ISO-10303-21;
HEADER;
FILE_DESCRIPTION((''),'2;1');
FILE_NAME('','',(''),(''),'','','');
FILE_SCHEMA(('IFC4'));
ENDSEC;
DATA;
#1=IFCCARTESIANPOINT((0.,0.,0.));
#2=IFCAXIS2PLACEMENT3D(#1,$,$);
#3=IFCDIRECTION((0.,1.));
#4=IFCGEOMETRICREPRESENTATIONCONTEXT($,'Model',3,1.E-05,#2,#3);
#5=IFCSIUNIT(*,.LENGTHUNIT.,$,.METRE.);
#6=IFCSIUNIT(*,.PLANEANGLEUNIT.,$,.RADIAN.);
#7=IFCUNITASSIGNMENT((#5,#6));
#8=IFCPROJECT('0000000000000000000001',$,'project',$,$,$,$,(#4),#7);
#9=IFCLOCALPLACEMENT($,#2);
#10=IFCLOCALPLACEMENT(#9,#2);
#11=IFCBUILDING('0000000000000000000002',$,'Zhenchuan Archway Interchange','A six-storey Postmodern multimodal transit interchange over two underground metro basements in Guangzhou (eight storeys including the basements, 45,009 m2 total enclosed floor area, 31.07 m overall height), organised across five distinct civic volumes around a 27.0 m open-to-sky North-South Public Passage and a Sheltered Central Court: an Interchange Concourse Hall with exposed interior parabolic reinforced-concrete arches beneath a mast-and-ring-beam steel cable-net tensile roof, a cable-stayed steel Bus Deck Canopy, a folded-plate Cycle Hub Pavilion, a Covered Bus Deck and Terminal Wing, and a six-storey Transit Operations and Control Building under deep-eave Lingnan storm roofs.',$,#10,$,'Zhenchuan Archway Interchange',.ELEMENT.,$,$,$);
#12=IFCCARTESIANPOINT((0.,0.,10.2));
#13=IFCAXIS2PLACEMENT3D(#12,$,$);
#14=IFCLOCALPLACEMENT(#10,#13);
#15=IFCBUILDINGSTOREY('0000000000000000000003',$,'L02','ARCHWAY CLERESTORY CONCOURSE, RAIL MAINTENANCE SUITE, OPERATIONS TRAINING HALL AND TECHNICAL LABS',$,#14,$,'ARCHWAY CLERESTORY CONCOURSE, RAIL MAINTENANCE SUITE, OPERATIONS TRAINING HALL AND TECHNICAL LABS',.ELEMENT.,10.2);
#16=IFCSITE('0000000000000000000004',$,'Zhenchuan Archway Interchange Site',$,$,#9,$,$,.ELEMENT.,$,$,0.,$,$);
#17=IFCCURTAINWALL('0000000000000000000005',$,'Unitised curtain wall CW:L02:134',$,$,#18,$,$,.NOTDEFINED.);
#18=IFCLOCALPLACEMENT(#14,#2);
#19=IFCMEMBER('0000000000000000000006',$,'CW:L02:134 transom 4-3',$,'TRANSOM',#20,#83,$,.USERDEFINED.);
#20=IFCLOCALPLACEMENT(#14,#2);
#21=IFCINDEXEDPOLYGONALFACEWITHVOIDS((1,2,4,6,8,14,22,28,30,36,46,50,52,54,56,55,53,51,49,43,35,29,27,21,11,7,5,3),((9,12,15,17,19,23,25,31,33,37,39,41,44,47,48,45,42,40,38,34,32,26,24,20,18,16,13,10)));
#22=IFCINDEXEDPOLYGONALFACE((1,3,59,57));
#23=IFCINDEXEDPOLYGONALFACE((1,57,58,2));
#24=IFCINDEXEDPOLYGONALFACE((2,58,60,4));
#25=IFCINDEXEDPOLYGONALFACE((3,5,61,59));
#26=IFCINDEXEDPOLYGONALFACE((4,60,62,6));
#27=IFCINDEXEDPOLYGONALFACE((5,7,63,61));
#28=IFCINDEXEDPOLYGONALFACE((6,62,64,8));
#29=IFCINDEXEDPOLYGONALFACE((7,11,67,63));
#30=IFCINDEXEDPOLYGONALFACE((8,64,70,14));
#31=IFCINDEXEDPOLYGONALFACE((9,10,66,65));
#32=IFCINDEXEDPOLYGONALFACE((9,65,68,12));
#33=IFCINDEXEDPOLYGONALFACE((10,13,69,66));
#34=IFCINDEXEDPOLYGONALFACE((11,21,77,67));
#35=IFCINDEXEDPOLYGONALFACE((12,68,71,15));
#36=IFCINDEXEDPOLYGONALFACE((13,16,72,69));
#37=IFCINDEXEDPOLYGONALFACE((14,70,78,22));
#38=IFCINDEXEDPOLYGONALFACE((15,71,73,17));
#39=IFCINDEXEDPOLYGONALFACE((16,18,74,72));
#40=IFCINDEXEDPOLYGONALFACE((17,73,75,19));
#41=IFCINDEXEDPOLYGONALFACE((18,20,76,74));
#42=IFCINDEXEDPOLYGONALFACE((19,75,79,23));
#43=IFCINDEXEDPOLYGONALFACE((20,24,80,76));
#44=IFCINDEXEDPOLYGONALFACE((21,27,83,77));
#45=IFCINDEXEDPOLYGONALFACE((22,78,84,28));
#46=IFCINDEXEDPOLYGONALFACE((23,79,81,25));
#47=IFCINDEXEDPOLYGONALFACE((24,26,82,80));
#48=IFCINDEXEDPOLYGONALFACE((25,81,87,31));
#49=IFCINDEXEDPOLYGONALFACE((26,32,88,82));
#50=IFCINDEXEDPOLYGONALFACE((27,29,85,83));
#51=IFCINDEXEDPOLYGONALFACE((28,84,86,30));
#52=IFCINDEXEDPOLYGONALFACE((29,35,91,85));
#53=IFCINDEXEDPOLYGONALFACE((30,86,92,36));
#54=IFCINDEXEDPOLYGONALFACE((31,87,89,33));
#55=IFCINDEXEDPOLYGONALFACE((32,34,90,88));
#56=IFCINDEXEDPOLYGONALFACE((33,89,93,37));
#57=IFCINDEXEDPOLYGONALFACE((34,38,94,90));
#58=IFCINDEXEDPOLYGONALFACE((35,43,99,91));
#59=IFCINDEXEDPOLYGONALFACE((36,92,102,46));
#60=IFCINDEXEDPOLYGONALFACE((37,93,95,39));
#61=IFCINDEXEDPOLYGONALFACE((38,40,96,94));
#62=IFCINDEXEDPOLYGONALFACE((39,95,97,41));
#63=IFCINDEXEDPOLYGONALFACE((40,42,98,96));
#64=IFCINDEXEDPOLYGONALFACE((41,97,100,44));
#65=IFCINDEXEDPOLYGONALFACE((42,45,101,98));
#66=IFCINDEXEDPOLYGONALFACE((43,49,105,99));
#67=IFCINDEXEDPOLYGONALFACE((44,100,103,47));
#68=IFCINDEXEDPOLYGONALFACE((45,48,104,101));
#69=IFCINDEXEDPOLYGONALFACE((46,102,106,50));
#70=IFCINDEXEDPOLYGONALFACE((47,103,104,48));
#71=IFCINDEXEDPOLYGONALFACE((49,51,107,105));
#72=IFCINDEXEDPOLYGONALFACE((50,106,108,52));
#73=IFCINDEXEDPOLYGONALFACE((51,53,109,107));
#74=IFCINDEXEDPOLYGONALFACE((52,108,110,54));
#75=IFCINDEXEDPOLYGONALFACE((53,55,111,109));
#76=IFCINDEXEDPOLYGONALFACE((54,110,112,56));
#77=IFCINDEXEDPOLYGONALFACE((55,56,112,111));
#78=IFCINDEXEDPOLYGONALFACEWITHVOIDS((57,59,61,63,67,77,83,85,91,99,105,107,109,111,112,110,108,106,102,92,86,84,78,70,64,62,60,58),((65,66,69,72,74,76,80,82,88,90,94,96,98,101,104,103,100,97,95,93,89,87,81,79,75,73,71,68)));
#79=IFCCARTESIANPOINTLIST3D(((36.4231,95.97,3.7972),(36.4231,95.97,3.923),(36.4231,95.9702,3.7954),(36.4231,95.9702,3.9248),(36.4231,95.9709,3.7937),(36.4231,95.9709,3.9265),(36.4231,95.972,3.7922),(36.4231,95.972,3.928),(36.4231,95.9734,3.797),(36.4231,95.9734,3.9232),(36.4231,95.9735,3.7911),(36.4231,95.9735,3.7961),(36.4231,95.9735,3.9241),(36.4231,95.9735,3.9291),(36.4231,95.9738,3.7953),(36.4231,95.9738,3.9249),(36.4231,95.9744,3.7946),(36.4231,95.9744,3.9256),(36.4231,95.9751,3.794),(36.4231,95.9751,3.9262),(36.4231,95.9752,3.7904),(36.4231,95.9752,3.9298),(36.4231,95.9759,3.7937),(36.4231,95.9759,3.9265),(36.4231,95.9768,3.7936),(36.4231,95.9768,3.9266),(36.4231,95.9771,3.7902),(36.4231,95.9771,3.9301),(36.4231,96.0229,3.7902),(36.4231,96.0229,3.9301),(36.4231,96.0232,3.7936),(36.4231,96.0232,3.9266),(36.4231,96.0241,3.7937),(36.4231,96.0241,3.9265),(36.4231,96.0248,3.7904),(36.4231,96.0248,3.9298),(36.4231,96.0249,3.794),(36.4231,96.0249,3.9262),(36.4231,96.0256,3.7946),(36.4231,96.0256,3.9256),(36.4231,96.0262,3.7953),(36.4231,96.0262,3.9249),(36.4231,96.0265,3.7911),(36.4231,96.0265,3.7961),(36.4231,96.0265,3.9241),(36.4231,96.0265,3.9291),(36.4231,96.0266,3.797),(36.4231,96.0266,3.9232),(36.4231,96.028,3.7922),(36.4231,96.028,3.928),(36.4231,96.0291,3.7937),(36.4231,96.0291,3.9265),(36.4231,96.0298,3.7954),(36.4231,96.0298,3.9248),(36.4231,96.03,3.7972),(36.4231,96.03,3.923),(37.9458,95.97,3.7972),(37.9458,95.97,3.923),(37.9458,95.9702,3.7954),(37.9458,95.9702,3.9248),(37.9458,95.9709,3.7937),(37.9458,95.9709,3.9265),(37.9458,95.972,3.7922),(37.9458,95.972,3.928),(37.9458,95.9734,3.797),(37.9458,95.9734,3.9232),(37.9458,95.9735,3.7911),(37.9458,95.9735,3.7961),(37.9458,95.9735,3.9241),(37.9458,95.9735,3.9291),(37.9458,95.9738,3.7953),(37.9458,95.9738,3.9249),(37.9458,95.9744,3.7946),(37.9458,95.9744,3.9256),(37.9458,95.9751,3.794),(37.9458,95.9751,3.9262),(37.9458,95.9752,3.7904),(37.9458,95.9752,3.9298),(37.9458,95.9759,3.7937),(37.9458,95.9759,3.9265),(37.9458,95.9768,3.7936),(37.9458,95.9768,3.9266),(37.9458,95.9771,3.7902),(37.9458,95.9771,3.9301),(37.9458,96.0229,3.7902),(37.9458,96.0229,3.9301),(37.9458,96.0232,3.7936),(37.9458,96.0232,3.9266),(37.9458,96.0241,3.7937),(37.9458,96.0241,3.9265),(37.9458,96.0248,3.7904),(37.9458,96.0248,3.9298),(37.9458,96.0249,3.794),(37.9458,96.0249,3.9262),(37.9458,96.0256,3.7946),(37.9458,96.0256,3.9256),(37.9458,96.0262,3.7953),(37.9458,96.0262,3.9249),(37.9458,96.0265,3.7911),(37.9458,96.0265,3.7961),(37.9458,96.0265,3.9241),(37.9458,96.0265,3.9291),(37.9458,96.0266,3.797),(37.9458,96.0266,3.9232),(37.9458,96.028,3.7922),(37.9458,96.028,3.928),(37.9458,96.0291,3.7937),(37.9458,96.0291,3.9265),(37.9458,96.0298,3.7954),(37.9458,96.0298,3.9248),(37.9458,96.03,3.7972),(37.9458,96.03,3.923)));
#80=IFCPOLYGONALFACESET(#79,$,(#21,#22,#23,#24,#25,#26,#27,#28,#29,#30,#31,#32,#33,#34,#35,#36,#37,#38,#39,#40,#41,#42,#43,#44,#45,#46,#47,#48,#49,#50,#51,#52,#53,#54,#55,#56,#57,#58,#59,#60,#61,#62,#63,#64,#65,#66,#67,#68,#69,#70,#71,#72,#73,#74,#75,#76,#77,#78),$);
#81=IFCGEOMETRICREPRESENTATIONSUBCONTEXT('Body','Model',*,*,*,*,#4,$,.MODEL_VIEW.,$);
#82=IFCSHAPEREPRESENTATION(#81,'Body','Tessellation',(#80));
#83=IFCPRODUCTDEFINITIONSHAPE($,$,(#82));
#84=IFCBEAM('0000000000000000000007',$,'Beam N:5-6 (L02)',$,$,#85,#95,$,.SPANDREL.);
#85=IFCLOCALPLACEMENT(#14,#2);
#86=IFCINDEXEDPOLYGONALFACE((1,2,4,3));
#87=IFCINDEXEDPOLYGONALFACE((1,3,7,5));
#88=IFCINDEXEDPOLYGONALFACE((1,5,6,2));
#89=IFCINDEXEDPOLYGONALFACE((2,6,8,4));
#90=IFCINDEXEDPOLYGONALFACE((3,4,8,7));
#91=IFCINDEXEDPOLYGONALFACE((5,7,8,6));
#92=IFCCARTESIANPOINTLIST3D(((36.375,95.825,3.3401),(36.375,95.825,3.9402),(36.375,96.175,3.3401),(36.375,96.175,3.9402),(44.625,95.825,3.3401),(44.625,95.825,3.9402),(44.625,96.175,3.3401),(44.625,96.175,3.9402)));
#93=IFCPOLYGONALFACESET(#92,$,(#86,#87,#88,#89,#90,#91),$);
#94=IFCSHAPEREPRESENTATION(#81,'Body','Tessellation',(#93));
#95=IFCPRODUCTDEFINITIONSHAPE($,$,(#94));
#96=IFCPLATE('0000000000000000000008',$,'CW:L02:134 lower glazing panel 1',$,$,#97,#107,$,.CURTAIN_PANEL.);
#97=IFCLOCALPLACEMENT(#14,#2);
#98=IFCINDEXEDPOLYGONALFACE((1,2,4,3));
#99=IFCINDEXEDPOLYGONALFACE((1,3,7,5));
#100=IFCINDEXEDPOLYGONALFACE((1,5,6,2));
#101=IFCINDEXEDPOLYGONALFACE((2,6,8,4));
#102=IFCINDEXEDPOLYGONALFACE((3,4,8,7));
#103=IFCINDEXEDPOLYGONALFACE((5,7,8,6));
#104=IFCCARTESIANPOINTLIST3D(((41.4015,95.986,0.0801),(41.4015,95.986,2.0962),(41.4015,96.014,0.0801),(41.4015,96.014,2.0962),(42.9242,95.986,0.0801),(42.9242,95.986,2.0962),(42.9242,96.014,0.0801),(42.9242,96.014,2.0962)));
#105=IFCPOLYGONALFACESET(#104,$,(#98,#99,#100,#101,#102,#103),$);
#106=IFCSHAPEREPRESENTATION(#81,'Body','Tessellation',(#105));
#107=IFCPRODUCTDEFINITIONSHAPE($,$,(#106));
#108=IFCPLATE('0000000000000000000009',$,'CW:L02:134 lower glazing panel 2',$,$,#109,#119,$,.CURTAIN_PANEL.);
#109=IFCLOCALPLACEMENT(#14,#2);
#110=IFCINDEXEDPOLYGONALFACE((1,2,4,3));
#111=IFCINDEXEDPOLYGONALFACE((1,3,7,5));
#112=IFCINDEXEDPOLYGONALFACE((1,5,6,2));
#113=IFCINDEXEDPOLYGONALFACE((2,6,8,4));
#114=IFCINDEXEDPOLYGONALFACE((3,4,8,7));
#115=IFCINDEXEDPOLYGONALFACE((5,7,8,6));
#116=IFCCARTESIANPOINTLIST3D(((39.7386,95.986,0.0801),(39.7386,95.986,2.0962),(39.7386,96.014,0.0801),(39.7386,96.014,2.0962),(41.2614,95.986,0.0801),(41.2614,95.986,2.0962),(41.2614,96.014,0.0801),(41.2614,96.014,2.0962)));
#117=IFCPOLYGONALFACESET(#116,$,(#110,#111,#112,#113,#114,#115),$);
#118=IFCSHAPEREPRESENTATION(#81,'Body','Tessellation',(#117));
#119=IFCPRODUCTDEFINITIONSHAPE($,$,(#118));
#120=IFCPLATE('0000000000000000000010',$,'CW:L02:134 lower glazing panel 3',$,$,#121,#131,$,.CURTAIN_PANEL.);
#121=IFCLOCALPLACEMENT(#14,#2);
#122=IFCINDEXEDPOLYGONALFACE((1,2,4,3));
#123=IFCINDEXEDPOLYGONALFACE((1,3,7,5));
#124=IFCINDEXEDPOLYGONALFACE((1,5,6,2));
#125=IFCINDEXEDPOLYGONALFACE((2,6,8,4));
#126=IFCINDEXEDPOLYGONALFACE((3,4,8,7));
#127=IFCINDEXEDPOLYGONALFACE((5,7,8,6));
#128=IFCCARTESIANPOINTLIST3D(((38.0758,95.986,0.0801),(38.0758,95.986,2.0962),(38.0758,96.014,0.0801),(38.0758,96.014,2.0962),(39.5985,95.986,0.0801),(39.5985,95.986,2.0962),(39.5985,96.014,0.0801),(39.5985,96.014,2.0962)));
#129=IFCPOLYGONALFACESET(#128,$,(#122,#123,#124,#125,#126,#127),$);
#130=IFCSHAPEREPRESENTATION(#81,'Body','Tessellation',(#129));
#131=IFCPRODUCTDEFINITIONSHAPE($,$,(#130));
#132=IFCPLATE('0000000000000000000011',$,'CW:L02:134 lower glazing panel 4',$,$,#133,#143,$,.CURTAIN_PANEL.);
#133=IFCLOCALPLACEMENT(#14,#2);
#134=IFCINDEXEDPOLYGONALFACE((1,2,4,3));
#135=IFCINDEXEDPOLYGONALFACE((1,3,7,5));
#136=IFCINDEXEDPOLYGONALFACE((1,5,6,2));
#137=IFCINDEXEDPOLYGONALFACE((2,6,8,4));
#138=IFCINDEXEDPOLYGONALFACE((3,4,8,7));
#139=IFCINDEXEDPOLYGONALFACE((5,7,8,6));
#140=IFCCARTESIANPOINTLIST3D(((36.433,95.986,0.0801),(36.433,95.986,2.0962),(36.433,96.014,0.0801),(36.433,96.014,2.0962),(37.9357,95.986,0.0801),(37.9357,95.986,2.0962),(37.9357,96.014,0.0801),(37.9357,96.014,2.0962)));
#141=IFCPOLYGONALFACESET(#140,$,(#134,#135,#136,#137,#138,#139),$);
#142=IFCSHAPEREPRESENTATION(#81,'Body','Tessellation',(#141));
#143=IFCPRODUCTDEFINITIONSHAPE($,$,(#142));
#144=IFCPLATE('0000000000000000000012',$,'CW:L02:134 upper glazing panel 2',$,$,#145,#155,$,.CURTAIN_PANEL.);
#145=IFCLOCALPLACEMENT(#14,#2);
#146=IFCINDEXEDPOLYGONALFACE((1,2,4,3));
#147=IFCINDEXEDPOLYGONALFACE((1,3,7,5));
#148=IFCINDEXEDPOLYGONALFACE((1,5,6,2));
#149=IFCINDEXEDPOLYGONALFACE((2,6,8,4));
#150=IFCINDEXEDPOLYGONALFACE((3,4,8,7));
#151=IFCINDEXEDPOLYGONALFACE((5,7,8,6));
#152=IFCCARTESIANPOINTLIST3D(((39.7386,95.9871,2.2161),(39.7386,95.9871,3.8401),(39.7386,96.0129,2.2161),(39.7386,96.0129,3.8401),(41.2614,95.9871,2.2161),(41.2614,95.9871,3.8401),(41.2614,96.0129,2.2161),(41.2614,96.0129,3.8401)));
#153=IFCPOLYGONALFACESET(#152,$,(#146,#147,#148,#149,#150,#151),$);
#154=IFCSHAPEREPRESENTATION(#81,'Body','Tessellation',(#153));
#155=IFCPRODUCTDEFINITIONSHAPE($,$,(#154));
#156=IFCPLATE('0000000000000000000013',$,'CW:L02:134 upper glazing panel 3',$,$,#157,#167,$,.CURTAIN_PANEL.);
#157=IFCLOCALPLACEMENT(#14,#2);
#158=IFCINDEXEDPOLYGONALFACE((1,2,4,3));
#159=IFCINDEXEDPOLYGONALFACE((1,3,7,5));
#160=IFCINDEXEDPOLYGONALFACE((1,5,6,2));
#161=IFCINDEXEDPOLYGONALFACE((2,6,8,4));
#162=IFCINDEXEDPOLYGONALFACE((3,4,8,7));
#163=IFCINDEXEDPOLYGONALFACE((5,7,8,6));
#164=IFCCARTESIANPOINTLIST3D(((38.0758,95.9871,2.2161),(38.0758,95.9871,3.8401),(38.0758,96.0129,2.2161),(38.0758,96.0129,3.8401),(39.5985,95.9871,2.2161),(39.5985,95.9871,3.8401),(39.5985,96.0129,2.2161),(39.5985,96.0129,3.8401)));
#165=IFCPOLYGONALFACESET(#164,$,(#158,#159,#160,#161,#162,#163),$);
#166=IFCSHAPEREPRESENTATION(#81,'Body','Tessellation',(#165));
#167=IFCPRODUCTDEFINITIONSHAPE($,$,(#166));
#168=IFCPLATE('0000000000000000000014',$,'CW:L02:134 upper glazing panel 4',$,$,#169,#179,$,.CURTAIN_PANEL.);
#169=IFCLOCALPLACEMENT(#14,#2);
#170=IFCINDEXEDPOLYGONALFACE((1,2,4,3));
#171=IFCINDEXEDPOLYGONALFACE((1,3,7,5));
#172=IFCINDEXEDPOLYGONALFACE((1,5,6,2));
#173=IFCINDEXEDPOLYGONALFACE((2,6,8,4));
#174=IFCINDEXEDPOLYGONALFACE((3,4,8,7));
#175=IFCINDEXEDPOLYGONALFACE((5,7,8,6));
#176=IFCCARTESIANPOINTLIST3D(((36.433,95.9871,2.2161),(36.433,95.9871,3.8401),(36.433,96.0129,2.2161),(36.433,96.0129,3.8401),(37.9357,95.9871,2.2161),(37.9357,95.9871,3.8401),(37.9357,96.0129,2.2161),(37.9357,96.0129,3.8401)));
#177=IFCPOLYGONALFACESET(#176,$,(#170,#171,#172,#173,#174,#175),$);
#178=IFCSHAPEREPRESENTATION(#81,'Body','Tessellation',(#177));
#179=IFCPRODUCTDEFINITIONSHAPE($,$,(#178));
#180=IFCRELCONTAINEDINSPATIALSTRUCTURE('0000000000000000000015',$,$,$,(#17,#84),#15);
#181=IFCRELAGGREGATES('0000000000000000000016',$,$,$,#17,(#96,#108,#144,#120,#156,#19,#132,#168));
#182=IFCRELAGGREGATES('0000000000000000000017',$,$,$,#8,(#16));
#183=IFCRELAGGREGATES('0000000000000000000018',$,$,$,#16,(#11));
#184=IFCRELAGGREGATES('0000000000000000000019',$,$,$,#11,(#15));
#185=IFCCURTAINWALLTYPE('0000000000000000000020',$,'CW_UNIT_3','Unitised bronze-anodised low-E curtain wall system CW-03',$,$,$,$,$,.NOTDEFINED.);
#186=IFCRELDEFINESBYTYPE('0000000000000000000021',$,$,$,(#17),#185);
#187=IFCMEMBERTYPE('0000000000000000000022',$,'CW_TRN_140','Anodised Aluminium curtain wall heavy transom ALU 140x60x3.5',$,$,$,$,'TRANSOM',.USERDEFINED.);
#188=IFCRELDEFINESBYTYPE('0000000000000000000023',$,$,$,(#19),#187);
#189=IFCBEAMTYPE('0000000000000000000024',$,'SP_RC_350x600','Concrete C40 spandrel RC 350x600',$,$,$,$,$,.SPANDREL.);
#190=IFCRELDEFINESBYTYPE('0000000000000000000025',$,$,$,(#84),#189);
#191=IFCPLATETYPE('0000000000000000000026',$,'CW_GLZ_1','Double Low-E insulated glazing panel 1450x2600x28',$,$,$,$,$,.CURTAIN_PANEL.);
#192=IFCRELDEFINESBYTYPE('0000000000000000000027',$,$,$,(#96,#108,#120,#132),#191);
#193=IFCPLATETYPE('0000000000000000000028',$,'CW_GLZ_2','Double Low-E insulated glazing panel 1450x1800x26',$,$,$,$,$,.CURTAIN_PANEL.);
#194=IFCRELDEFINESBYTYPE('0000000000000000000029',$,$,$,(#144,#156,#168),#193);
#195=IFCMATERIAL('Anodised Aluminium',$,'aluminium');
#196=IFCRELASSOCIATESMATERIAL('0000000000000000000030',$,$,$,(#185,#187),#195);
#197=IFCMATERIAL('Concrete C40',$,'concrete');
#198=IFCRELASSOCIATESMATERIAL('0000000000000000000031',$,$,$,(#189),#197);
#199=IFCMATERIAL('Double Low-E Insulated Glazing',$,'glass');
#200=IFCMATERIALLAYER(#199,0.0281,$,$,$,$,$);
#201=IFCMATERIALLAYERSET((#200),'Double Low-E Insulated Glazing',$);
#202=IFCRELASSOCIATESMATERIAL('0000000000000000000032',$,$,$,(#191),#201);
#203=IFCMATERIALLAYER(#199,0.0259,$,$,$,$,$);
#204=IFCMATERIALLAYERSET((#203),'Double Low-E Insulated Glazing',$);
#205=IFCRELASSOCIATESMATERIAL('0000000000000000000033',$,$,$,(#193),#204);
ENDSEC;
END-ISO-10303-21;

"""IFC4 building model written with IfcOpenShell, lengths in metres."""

from ifc_helpers import new_model, si_unit, direction, frame, origin, origin_2d, place, context, subcontext, project, spatial, rectangle, hollow_rectangle, extrude, material, layer, layer_set, material_profile, profile_set, type_object, element, aggregate, save


model = new_model("IFC4")

# Units and contexts
model_context = context("Model", 3, precision=1e-05, world=origin(), true_north=direction((0.0, 1.0)))
body_context = subcontext(model_context, "Body", "Model", "MODEL_VIEW")
ifc_project = project(units=[si_unit("LENGTHUNIT", "METRE"), si_unit("PLANEANGLEUNIT", "RADIAN")], contexts=[model_context])

# Site, building, storey
site_placement = place(None, origin())
site = spatial("IfcSite", under=ifc_project, at=site_placement, Name="Zhenchuan Archway Interchange Site", CompositionType="ELEMENT", RefElevation=0.0)
building_placement = place(site_placement, origin())
building = spatial("IfcBuilding", under=site, at=building_placement, Name="Zhenchuan Archway Interchange", Description="A six-storey Postmodern multimodal transit interchange over two underground metro basements in Guangzhou (eight storeys including the basements, 45,009 m2 total enclosed floor area, 31.07 m overall height), organised across five distinct civic volumes around a 27.0 m open-to-sky North-South Public Passage and a Sheltered Central Court: an Interchange Concourse Hall with exposed interior parabolic reinforced-concrete arches beneath a mast-and-ring-beam steel cable-net tensile roof, a cable-stayed steel Bus Deck Canopy, a folded-plate Cycle Hub Pavilion, a Covered Bus Deck and Terminal Wing, and a six-storey Transit Operations and Control Building under deep-eave Lingnan storm roofs.", LongName="Zhenchuan Archway Interchange", CompositionType="ELEMENT")
storey_placement = place(building_placement, frame((0.0, 0.0, 10.2)))
storey = spatial("IfcBuildingStorey", under=building, at=storey_placement, Name="L02", Description="ARCHWAY CLERESTORY CONCOURSE, RAIL MAINTENANCE SUITE, OPERATIONS TRAINING HALL AND TECHNICAL LABS", LongName="ARCHWAY CLERESTORY CONCOURSE, RAIL MAINTENANCE SUITE, OPERATIONS TRAINING HALL AND TECHNICAL LABS", CompositionType="ELEMENT", Elevation=10.2)

# Curtain wall, member
ifc_material_1 = material(Name="Anodised Aluminium", Category="aluminium")
curtain_wall_type = type_object("IfcCurtainWallType", Name="CW_UNIT_3", Description="Unitised bronze-anodised low-E curtain wall system CW-03", PredefinedType="NOTDEFINED", material=ifc_material_1)
curtain_wall_placement = place(storey_placement, origin())
curtain_wall = element("IfcCurtainWall", 1, at=curtain_wall_placement, inside=storey, type_object=curtain_wall_type, Name="Unitised curtain wall CW:L02:134", PredefinedType="NOTDEFINED")
ifc_material_profile_1 = material_profile(ifc_material_1, hollow_rectangle(XDim=0.0601, YDim=0.1399, WallThickness=0.0034, InnerFilletRadius=0.0034, OuterFilletRadius=0.0071, at=origin_2d()), Name="ALU 140x60x3.5")
ifc_profile_set_1 = profile_set([ifc_material_profile_1], Name="Anodised Aluminium")
member_type_1 = type_object("IfcMemberType", Name="CW_TRN_140", Description="Anodised Aluminium curtain wall heavy transom ALU 140x60x3.5", ElementType="TRANSOM", PredefinedType="USERDEFINED", material=ifc_profile_set_1)
member_1_placement = place(storey_placement, frame((37.9458, 96.0, 3.8601), z_axis=(-1.0, 0.0, 0.0), x_axis=(0.0, -1.0, 0.0)))
member_1 = element("IfcMember", 2, at=member_1_placement, type_object=member_type_1, Name="CW:L02:134 transom 4-3", ObjectType="TRANSOM", PredefinedType="USERDEFINED", context=body_context, shape_type="SweptSolid", body=[
    extrude(hollow_rectangle(XDim=0.0601, YDim=0.1399, WallThickness=0.0034, InnerFilletRadius=0.0034, OuterFilletRadius=0.0071, at=origin_2d()), origin(), (0.0, 0.0, 1.0), 1.5227),
])

# Beam
ifc_material_2 = material(Name="Concrete C40", Category="concrete")
ifc_material_profile_2 = material_profile(ifc_material_2, rectangle(XDim=0.3501, YDim=0.6001, at=origin_2d()), Name="RC 350x600")
ifc_profile_set_2 = profile_set([ifc_material_profile_2], Name="Concrete C40")
beam_type = type_object("IfcBeamType", Name="SP_RC_350x600", Description="Concrete C40 spandrel RC 350x600", PredefinedType="SPANDREL", material=ifc_profile_set_2)
beam_placement = place(storey_placement, frame((36.375, 96.0, 3.6401), z_axis=(1.0, 0.0, 0.0), x_axis=(0.0, 1.0, 0.0)))
element("IfcBeam", 3, at=beam_placement, inside=storey, type_object=beam_type, Name="Beam N:5-6 (L02)", PredefinedType="SPANDREL", context=body_context, shape_type="SweptSolid", body=[
    extrude(rectangle(XDim=0.3501, YDim=0.6001, at=origin_2d()), origin(), (0.0, 0.0, 1.0), 8.25),
])

# Plates
ifc_material_3 = material(Name="Double Low-E Insulated Glazing", Category="glass")
ifc_layer_1 = layer(ifc_material_3, 0.0281)
ifc_layer_set_1 = layer_set([ifc_layer_1], Name="Double Low-E Insulated Glazing")
plate_type_1 = type_object("IfcPlateType", Name="CW_GLZ_1", Description="Double Low-E insulated glazing panel 1450x2600x28", PredefinedType="CURTAIN_PANEL", material=ifc_layer_set_1)
plate_1_placement = place(storey_placement, frame((42.1628, 96.0, 0.0801), z_axis=(0.0, 0.0, 1.0), x_axis=(-1.0, 0.0, 0.0)))
plate_1 = element("IfcPlate", 4, at=plate_1_placement, type_object=plate_type_1, Name="CW:L02:134 lower glazing panel 1", PredefinedType="CURTAIN_PANEL", context=body_context, shape_type="SweptSolid", body=[
    extrude(rectangle(XDim=1.5227, YDim=0.0281, at=origin_2d()), origin(), (0.0, 0.0, 1.0), 2.0161),
])
plate_2_placement = place(storey_placement, frame((40.5, 96.0, 0.0801), z_axis=(0.0, 0.0, 1.0), x_axis=(-1.0, 0.0, 0.0)))
plate_2 = element("IfcPlate", 5, at=plate_2_placement, type_object=plate_type_1, Name="CW:L02:134 lower glazing panel 2", PredefinedType="CURTAIN_PANEL", context=body_context, shape_type="SweptSolid", body=[
    extrude(rectangle(XDim=1.5227, YDim=0.0281, at=origin_2d()), origin(), (0.0, 0.0, 1.0), 2.0161),
])
plate_3_placement = place(storey_placement, frame((38.8372, 96.0, 0.0801), z_axis=(0.0, 0.0, 1.0), x_axis=(-1.0, 0.0, 0.0)))
plate_3 = element("IfcPlate", 6, at=plate_3_placement, type_object=plate_type_1, Name="CW:L02:134 lower glazing panel 3", PredefinedType="CURTAIN_PANEL", context=body_context, shape_type="SweptSolid", body=[
    extrude(rectangle(XDim=1.5227, YDim=0.0281, at=origin_2d()), origin(), (0.0, 0.0, 1.0), 2.0161),
])
plate_4_placement = place(storey_placement, frame((37.1843, 96.0, 0.0801), z_axis=(0.0, 0.0, 1.0), x_axis=(-1.0, 0.0, 0.0)))
plate_4 = element("IfcPlate", 7, at=plate_4_placement, type_object=plate_type_1, Name="CW:L02:134 lower glazing panel 4", PredefinedType="CURTAIN_PANEL", context=body_context, shape_type="SweptSolid", body=[
    extrude(rectangle(XDim=1.5027, YDim=0.0281, at=origin_2d()), origin(), (0.0, 0.0, 1.0), 2.0161),
])
ifc_layer_2 = layer(ifc_material_3, 0.0259)
ifc_layer_set_2 = layer_set([ifc_layer_2], Name="Double Low-E Insulated Glazing")
plate_type_2 = type_object("IfcPlateType", Name="CW_GLZ_2", Description="Double Low-E insulated glazing panel 1450x1800x26", PredefinedType="CURTAIN_PANEL", material=ifc_layer_set_2)
plate_5_placement = place(storey_placement, frame((40.5, 96.0, 2.2161), z_axis=(0.0, 0.0, 1.0), x_axis=(-1.0, 0.0, 0.0)))
plate_5 = element("IfcPlate", 8, at=plate_5_placement, type_object=plate_type_2, Name="CW:L02:134 upper glazing panel 2", PredefinedType="CURTAIN_PANEL", context=body_context, shape_type="SweptSolid", body=[
    extrude(rectangle(XDim=1.5227, YDim=0.0259, at=origin_2d()), origin(), (0.0, 0.0, 1.0), 1.624),
])
plate_6_placement = place(storey_placement, frame((38.8372, 96.0, 2.2161), z_axis=(0.0, 0.0, 1.0), x_axis=(-1.0, 0.0, 0.0)))
plate_6 = element("IfcPlate", 9, at=plate_6_placement, type_object=plate_type_2, Name="CW:L02:134 upper glazing panel 3", PredefinedType="CURTAIN_PANEL", context=body_context, shape_type="SweptSolid", body=[
    extrude(rectangle(XDim=1.5227, YDim=0.0259, at=origin_2d()), origin(), (0.0, 0.0, 1.0), 1.624),
])
plate_7_placement = place(storey_placement, frame((37.1843, 96.0, 2.2161), z_axis=(0.0, 0.0, 1.0), x_axis=(-1.0, 0.0, 0.0)))
plate_7 = element("IfcPlate", 10, at=plate_7_placement, type_object=plate_type_2, Name="CW:L02:134 upper glazing panel 4", PredefinedType="CURTAIN_PANEL", context=body_context, shape_type="SweptSolid", body=[
    extrude(rectangle(XDim=1.5027, YDim=0.0259, at=origin_2d()), origin(), (0.0, 0.0, 1.0), 1.624),
])
aggregate(curtain_wall, [plate_1, plate_2, plate_5, plate_3, plate_6, member_1, plate_4, plate_7])

save(model, "model.ifc")
